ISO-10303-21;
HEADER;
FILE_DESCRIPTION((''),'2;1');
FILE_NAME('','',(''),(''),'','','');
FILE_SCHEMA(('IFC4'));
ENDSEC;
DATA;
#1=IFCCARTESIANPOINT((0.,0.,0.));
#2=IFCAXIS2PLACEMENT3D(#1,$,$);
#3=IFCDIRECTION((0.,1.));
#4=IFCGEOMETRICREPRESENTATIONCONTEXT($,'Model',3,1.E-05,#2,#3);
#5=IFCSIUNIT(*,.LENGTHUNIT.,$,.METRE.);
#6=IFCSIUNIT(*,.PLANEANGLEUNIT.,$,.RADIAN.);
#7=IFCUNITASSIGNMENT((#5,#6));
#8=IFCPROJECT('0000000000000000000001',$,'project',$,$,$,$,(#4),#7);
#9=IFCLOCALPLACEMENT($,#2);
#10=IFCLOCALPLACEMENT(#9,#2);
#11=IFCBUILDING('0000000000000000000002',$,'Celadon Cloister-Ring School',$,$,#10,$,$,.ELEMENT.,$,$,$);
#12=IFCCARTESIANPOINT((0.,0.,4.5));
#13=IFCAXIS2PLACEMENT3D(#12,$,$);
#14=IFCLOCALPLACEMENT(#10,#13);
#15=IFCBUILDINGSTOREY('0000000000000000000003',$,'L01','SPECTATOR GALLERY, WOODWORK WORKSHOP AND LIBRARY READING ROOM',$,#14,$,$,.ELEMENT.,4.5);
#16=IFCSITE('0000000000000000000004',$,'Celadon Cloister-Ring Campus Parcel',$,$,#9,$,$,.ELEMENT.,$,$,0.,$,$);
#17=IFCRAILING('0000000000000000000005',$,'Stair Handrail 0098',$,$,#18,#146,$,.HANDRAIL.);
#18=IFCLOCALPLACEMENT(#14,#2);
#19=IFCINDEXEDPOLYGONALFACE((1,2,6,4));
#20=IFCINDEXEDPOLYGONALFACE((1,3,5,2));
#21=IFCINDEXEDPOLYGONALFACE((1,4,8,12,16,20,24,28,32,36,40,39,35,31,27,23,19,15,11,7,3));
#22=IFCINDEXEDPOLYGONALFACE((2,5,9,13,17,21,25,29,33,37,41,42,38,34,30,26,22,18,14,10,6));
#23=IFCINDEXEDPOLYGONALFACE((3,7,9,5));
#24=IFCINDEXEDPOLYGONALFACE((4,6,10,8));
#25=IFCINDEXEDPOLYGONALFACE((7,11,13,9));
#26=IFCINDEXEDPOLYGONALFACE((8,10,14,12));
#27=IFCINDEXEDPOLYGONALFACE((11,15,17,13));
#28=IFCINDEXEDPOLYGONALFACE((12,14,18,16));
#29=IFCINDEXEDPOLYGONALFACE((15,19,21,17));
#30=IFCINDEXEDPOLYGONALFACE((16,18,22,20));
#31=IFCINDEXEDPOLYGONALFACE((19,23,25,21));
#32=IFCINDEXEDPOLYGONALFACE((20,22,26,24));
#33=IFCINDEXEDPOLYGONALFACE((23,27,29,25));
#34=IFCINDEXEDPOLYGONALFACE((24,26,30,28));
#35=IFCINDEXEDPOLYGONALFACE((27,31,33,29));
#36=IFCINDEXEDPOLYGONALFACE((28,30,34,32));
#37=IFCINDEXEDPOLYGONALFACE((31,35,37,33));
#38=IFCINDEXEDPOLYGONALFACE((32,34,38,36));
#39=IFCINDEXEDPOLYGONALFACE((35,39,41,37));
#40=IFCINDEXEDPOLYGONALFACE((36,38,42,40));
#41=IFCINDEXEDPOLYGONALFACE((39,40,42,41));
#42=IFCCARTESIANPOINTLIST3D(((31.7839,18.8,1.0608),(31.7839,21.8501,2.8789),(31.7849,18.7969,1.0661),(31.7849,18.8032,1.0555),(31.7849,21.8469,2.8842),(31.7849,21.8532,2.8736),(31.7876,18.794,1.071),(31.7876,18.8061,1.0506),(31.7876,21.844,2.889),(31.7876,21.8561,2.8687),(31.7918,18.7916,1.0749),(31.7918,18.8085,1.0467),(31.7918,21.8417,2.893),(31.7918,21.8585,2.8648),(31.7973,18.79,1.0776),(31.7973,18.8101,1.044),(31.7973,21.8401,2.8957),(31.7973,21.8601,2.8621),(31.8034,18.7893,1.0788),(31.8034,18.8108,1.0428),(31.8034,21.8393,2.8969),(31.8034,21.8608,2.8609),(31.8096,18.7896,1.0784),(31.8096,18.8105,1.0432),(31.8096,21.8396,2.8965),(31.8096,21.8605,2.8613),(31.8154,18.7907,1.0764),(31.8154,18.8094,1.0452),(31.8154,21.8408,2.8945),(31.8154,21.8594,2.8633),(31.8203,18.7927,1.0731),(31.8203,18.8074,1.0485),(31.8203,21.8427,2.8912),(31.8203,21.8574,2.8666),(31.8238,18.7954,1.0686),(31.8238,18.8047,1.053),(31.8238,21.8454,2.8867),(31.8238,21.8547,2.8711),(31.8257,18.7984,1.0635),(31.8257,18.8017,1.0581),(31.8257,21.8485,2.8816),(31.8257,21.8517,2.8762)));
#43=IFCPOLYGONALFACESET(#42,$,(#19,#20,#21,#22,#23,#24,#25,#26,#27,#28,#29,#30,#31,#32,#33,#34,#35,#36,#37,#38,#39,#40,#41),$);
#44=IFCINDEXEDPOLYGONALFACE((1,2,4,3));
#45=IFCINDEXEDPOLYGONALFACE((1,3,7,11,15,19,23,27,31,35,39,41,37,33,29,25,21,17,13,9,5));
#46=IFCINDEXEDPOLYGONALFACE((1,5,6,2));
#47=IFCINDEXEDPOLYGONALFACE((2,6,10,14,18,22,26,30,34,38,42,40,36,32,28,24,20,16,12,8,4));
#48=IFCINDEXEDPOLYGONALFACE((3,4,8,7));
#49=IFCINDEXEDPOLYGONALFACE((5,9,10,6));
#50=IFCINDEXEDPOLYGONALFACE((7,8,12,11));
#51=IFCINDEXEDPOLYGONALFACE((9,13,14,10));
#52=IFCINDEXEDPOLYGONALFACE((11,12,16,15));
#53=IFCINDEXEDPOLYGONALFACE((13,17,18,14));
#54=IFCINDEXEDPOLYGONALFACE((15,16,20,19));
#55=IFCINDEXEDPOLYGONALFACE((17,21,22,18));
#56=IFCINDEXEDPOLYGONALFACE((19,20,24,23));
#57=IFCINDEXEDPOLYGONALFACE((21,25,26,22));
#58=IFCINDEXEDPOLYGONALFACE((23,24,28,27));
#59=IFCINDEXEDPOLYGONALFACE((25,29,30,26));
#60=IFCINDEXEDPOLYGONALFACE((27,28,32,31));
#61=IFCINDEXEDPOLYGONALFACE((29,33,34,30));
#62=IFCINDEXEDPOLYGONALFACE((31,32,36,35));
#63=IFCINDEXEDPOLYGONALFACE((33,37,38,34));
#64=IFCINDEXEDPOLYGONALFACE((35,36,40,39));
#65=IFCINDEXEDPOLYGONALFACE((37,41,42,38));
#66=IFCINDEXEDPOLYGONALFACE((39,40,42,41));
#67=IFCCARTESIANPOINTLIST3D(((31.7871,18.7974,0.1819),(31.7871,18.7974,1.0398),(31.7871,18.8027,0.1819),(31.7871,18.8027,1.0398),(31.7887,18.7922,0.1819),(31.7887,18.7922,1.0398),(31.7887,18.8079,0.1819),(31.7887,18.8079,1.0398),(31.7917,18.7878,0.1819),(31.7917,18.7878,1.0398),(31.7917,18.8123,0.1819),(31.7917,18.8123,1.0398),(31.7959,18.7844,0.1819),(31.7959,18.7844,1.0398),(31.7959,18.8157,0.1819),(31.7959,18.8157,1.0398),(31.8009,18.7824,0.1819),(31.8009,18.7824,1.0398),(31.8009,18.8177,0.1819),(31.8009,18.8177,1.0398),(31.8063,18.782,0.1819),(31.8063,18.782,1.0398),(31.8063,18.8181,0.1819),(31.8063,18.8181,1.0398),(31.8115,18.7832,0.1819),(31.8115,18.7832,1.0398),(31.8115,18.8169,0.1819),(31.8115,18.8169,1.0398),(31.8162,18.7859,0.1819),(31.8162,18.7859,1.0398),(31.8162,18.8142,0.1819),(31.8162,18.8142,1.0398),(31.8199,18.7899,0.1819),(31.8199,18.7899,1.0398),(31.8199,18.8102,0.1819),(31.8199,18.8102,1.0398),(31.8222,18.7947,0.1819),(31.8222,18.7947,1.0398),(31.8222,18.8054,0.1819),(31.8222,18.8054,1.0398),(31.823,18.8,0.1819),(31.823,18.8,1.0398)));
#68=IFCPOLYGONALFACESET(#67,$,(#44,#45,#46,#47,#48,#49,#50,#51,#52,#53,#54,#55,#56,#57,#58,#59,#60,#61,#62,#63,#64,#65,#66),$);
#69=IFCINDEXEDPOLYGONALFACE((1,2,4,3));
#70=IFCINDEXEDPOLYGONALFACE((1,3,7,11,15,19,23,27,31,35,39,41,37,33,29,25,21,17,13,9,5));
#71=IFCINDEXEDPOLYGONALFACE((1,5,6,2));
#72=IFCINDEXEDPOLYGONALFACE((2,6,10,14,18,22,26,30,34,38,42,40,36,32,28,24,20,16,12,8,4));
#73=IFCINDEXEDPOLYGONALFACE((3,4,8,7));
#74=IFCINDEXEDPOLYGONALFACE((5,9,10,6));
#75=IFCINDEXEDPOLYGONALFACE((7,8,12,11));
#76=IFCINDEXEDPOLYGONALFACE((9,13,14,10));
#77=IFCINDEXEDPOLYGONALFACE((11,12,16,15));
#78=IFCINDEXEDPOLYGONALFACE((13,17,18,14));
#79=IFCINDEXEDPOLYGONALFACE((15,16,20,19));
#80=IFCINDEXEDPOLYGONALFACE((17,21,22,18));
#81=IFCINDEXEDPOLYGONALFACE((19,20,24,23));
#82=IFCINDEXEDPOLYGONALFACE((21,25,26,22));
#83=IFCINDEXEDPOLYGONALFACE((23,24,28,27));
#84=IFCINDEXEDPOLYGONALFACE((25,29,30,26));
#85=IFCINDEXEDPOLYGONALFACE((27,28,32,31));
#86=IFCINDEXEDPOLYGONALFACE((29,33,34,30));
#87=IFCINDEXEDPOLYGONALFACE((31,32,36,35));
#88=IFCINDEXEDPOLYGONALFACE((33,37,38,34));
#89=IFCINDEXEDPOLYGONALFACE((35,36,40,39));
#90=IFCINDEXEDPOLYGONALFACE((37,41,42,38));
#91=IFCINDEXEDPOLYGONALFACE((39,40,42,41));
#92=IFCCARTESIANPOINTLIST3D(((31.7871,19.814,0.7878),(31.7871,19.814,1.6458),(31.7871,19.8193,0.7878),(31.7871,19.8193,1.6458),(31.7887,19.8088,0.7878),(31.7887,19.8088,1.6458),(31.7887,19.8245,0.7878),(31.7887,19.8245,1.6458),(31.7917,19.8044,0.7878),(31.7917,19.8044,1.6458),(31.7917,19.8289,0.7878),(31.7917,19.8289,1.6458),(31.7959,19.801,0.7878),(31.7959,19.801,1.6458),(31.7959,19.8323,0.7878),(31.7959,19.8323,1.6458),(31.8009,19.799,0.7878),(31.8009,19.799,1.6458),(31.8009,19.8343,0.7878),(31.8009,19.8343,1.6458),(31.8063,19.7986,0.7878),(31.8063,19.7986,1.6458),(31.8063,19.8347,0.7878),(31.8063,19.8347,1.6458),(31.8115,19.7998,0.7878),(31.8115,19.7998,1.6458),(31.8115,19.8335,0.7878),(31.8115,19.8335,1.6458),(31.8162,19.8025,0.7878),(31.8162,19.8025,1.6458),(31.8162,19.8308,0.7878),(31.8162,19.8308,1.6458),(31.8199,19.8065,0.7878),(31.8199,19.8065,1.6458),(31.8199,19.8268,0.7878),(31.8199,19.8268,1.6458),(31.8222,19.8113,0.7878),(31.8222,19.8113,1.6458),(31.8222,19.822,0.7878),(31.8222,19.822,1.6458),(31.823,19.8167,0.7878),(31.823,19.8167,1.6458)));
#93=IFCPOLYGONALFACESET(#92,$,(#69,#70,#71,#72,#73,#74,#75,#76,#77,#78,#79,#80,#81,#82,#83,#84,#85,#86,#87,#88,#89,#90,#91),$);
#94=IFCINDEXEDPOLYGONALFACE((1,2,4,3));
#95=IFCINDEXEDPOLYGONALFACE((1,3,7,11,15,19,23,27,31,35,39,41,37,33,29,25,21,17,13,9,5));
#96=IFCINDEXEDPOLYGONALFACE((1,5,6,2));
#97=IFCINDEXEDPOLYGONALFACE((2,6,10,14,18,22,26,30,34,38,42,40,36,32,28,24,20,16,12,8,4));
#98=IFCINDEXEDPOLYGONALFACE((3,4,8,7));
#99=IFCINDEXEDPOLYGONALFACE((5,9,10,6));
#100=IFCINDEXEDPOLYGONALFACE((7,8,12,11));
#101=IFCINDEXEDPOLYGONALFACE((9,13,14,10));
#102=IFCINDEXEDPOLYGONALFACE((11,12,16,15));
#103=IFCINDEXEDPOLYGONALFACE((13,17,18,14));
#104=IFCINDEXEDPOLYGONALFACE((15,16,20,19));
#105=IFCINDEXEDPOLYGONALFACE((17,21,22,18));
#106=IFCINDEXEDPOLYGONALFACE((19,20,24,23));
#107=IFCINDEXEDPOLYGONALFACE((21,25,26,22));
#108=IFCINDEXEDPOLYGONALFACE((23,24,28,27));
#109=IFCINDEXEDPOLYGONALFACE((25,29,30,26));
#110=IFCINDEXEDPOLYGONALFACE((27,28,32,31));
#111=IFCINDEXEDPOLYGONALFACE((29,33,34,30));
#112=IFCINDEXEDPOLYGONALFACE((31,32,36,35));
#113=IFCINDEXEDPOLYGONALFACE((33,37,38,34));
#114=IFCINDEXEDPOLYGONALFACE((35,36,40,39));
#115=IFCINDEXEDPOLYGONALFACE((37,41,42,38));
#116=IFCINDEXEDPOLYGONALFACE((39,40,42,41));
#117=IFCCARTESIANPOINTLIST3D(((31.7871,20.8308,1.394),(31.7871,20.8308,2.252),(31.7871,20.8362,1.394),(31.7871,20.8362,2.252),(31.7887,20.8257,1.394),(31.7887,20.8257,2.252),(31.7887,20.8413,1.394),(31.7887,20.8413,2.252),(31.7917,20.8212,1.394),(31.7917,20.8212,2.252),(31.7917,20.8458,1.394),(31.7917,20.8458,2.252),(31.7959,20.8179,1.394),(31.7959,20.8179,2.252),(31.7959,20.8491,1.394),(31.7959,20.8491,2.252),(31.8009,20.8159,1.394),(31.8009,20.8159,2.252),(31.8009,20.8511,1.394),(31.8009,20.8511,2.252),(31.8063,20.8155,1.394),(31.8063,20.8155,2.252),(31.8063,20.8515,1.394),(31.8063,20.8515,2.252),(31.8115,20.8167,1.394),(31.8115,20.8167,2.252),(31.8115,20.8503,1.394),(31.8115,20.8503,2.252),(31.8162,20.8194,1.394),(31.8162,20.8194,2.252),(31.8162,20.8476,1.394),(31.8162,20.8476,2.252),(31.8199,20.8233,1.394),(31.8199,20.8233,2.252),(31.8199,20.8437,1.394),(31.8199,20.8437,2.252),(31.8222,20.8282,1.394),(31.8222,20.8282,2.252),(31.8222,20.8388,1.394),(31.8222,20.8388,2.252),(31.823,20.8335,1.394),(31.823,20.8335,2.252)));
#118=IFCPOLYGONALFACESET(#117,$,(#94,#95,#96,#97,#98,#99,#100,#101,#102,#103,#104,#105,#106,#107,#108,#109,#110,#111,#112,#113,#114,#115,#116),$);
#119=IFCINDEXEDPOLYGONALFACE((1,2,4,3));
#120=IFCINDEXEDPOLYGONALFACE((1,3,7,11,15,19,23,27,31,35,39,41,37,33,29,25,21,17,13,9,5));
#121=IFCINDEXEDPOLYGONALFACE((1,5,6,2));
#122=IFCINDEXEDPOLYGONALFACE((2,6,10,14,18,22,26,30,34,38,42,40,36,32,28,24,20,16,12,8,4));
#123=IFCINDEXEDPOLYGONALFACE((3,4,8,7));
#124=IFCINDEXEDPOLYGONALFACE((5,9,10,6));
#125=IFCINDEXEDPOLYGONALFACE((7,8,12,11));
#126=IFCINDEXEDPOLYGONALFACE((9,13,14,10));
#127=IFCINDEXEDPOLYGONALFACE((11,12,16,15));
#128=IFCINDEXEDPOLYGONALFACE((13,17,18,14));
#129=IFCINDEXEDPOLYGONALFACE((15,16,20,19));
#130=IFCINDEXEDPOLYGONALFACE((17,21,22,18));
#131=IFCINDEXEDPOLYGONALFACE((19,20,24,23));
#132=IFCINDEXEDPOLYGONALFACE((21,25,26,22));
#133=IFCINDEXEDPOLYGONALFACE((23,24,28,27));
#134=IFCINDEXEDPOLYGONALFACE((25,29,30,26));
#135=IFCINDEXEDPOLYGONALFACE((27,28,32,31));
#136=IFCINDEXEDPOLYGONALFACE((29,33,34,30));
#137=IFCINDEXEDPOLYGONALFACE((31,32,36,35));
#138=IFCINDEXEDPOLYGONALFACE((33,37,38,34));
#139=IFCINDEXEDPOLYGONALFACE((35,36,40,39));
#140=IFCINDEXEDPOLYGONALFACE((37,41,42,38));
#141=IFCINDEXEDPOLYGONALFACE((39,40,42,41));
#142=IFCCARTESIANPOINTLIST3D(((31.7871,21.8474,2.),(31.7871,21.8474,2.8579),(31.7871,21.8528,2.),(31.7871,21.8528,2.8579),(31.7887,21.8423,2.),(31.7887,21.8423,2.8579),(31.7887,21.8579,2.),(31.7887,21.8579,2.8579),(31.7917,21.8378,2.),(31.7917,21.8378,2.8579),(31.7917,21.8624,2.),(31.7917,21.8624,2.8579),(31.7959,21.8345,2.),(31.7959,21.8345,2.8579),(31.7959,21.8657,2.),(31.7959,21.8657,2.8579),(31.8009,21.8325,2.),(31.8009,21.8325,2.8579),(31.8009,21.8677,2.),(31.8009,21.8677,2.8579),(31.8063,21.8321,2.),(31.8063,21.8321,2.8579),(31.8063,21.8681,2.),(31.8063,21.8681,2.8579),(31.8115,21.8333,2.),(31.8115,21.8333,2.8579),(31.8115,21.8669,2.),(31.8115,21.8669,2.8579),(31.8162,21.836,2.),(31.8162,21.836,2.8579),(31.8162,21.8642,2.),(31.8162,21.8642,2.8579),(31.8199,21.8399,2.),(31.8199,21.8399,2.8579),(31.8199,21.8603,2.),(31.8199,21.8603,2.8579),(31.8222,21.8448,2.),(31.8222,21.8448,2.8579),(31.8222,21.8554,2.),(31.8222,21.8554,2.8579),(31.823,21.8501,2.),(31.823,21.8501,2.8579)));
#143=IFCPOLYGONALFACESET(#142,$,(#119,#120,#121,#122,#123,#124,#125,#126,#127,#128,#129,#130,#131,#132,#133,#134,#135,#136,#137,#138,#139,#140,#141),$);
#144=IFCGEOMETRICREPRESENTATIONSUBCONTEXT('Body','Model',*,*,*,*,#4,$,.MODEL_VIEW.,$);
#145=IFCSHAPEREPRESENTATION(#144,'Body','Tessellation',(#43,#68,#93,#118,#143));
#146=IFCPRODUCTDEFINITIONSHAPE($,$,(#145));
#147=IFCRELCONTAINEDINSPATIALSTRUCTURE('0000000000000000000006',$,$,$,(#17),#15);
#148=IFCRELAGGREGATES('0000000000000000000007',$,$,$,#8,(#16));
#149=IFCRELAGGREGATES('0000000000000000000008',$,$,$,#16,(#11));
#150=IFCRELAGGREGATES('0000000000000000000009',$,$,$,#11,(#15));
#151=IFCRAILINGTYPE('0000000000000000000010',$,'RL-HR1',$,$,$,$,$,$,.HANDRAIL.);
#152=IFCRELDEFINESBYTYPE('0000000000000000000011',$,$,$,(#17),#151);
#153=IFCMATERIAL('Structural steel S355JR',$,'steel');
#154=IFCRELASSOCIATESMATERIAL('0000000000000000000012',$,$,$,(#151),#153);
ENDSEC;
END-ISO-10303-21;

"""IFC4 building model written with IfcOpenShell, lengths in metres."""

from ifc_helpers import new_model, si_unit, direction, frame, origin, origin_2d, place, context, subcontext, project, spatial, circle, extrude, material, type_object, element, save


model = new_model("IFC4")

# Units and contexts
model_context = context("Model", 3, precision=1e-05, world=origin(), true_north=direction((0.0, 1.0)))
body_context = subcontext(model_context, "Body", "Model", "MODEL_VIEW")
ifc_project = project(units=[si_unit("LENGTHUNIT", "METRE"), si_unit("PLANEANGLEUNIT", "RADIAN")], contexts=[model_context])

# Site, building, storey
site_placement = place(None, origin())
site = spatial("IfcSite", under=ifc_project, at=site_placement, Name="Celadon Cloister-Ring Campus Parcel", CompositionType="ELEMENT", RefElevation=0.0)
building_placement = place(site_placement, origin())
building = spatial("IfcBuilding", under=site, at=building_placement, Name="Celadon Cloister-Ring School", CompositionType="ELEMENT")
storey_placement = place(building_placement, frame((0.0, 0.0, 4.5)))
storey = spatial("IfcBuildingStorey", under=building, at=storey_placement, Name="L01", Description="SPECTATOR GALLERY, WOODWORK WORKSHOP AND LIBRARY READING ROOM", CompositionType="ELEMENT", Elevation=4.5)

# Railing
ifc_material_1 = material(Name="Structural steel S355JR", Category="steel")
railing_type_1 = type_object("IfcRailingType", Name="RL-HR1", PredefinedType="HANDRAIL", material=ifc_material_1)
for number, where, name in (
    (1, (31.8049, 18.8, 0.1819), "Stair Handrail 0098"),
):
    element("IfcRailing", number, at=place(storey_placement, frame(where)), inside=storey, type_object=railing_type_1, Name=name, PredefinedType="HANDRAIL", context=body_context, shape_type="SweptSolid", body=[
        extrude(circle(Radius=0.021, at=origin_2d()), frame((0.0, 0.0, 0.8789), z_axis=(0.0, 0.85897, 0.512026), x_axis=(-1.0, 0.0, 0.0)), (0.0, 0.0, 1.0), 3.5508),
        extrude(circle(Radius=0.0181, at=origin_2d()), origin(), (0.0, 0.0, 1.0), 0.8579),
        extrude(circle(Radius=0.0181, at=origin_2d()), frame((0.0, 1.0166, 0.606)), (0.0, 0.0, 1.0), 0.8579),
        extrude(circle(Radius=0.0181, at=origin_2d()), frame((0.0, 2.0334, 1.2122)), (0.0, 0.0, 1.0), 0.8579),
        extrude(circle(Radius=0.0181, at=origin_2d()), frame((0.0, 3.05, 1.8181)), (0.0, 0.0, 1.0), 0.8579),
    ])

save(model, "model.ifc")
